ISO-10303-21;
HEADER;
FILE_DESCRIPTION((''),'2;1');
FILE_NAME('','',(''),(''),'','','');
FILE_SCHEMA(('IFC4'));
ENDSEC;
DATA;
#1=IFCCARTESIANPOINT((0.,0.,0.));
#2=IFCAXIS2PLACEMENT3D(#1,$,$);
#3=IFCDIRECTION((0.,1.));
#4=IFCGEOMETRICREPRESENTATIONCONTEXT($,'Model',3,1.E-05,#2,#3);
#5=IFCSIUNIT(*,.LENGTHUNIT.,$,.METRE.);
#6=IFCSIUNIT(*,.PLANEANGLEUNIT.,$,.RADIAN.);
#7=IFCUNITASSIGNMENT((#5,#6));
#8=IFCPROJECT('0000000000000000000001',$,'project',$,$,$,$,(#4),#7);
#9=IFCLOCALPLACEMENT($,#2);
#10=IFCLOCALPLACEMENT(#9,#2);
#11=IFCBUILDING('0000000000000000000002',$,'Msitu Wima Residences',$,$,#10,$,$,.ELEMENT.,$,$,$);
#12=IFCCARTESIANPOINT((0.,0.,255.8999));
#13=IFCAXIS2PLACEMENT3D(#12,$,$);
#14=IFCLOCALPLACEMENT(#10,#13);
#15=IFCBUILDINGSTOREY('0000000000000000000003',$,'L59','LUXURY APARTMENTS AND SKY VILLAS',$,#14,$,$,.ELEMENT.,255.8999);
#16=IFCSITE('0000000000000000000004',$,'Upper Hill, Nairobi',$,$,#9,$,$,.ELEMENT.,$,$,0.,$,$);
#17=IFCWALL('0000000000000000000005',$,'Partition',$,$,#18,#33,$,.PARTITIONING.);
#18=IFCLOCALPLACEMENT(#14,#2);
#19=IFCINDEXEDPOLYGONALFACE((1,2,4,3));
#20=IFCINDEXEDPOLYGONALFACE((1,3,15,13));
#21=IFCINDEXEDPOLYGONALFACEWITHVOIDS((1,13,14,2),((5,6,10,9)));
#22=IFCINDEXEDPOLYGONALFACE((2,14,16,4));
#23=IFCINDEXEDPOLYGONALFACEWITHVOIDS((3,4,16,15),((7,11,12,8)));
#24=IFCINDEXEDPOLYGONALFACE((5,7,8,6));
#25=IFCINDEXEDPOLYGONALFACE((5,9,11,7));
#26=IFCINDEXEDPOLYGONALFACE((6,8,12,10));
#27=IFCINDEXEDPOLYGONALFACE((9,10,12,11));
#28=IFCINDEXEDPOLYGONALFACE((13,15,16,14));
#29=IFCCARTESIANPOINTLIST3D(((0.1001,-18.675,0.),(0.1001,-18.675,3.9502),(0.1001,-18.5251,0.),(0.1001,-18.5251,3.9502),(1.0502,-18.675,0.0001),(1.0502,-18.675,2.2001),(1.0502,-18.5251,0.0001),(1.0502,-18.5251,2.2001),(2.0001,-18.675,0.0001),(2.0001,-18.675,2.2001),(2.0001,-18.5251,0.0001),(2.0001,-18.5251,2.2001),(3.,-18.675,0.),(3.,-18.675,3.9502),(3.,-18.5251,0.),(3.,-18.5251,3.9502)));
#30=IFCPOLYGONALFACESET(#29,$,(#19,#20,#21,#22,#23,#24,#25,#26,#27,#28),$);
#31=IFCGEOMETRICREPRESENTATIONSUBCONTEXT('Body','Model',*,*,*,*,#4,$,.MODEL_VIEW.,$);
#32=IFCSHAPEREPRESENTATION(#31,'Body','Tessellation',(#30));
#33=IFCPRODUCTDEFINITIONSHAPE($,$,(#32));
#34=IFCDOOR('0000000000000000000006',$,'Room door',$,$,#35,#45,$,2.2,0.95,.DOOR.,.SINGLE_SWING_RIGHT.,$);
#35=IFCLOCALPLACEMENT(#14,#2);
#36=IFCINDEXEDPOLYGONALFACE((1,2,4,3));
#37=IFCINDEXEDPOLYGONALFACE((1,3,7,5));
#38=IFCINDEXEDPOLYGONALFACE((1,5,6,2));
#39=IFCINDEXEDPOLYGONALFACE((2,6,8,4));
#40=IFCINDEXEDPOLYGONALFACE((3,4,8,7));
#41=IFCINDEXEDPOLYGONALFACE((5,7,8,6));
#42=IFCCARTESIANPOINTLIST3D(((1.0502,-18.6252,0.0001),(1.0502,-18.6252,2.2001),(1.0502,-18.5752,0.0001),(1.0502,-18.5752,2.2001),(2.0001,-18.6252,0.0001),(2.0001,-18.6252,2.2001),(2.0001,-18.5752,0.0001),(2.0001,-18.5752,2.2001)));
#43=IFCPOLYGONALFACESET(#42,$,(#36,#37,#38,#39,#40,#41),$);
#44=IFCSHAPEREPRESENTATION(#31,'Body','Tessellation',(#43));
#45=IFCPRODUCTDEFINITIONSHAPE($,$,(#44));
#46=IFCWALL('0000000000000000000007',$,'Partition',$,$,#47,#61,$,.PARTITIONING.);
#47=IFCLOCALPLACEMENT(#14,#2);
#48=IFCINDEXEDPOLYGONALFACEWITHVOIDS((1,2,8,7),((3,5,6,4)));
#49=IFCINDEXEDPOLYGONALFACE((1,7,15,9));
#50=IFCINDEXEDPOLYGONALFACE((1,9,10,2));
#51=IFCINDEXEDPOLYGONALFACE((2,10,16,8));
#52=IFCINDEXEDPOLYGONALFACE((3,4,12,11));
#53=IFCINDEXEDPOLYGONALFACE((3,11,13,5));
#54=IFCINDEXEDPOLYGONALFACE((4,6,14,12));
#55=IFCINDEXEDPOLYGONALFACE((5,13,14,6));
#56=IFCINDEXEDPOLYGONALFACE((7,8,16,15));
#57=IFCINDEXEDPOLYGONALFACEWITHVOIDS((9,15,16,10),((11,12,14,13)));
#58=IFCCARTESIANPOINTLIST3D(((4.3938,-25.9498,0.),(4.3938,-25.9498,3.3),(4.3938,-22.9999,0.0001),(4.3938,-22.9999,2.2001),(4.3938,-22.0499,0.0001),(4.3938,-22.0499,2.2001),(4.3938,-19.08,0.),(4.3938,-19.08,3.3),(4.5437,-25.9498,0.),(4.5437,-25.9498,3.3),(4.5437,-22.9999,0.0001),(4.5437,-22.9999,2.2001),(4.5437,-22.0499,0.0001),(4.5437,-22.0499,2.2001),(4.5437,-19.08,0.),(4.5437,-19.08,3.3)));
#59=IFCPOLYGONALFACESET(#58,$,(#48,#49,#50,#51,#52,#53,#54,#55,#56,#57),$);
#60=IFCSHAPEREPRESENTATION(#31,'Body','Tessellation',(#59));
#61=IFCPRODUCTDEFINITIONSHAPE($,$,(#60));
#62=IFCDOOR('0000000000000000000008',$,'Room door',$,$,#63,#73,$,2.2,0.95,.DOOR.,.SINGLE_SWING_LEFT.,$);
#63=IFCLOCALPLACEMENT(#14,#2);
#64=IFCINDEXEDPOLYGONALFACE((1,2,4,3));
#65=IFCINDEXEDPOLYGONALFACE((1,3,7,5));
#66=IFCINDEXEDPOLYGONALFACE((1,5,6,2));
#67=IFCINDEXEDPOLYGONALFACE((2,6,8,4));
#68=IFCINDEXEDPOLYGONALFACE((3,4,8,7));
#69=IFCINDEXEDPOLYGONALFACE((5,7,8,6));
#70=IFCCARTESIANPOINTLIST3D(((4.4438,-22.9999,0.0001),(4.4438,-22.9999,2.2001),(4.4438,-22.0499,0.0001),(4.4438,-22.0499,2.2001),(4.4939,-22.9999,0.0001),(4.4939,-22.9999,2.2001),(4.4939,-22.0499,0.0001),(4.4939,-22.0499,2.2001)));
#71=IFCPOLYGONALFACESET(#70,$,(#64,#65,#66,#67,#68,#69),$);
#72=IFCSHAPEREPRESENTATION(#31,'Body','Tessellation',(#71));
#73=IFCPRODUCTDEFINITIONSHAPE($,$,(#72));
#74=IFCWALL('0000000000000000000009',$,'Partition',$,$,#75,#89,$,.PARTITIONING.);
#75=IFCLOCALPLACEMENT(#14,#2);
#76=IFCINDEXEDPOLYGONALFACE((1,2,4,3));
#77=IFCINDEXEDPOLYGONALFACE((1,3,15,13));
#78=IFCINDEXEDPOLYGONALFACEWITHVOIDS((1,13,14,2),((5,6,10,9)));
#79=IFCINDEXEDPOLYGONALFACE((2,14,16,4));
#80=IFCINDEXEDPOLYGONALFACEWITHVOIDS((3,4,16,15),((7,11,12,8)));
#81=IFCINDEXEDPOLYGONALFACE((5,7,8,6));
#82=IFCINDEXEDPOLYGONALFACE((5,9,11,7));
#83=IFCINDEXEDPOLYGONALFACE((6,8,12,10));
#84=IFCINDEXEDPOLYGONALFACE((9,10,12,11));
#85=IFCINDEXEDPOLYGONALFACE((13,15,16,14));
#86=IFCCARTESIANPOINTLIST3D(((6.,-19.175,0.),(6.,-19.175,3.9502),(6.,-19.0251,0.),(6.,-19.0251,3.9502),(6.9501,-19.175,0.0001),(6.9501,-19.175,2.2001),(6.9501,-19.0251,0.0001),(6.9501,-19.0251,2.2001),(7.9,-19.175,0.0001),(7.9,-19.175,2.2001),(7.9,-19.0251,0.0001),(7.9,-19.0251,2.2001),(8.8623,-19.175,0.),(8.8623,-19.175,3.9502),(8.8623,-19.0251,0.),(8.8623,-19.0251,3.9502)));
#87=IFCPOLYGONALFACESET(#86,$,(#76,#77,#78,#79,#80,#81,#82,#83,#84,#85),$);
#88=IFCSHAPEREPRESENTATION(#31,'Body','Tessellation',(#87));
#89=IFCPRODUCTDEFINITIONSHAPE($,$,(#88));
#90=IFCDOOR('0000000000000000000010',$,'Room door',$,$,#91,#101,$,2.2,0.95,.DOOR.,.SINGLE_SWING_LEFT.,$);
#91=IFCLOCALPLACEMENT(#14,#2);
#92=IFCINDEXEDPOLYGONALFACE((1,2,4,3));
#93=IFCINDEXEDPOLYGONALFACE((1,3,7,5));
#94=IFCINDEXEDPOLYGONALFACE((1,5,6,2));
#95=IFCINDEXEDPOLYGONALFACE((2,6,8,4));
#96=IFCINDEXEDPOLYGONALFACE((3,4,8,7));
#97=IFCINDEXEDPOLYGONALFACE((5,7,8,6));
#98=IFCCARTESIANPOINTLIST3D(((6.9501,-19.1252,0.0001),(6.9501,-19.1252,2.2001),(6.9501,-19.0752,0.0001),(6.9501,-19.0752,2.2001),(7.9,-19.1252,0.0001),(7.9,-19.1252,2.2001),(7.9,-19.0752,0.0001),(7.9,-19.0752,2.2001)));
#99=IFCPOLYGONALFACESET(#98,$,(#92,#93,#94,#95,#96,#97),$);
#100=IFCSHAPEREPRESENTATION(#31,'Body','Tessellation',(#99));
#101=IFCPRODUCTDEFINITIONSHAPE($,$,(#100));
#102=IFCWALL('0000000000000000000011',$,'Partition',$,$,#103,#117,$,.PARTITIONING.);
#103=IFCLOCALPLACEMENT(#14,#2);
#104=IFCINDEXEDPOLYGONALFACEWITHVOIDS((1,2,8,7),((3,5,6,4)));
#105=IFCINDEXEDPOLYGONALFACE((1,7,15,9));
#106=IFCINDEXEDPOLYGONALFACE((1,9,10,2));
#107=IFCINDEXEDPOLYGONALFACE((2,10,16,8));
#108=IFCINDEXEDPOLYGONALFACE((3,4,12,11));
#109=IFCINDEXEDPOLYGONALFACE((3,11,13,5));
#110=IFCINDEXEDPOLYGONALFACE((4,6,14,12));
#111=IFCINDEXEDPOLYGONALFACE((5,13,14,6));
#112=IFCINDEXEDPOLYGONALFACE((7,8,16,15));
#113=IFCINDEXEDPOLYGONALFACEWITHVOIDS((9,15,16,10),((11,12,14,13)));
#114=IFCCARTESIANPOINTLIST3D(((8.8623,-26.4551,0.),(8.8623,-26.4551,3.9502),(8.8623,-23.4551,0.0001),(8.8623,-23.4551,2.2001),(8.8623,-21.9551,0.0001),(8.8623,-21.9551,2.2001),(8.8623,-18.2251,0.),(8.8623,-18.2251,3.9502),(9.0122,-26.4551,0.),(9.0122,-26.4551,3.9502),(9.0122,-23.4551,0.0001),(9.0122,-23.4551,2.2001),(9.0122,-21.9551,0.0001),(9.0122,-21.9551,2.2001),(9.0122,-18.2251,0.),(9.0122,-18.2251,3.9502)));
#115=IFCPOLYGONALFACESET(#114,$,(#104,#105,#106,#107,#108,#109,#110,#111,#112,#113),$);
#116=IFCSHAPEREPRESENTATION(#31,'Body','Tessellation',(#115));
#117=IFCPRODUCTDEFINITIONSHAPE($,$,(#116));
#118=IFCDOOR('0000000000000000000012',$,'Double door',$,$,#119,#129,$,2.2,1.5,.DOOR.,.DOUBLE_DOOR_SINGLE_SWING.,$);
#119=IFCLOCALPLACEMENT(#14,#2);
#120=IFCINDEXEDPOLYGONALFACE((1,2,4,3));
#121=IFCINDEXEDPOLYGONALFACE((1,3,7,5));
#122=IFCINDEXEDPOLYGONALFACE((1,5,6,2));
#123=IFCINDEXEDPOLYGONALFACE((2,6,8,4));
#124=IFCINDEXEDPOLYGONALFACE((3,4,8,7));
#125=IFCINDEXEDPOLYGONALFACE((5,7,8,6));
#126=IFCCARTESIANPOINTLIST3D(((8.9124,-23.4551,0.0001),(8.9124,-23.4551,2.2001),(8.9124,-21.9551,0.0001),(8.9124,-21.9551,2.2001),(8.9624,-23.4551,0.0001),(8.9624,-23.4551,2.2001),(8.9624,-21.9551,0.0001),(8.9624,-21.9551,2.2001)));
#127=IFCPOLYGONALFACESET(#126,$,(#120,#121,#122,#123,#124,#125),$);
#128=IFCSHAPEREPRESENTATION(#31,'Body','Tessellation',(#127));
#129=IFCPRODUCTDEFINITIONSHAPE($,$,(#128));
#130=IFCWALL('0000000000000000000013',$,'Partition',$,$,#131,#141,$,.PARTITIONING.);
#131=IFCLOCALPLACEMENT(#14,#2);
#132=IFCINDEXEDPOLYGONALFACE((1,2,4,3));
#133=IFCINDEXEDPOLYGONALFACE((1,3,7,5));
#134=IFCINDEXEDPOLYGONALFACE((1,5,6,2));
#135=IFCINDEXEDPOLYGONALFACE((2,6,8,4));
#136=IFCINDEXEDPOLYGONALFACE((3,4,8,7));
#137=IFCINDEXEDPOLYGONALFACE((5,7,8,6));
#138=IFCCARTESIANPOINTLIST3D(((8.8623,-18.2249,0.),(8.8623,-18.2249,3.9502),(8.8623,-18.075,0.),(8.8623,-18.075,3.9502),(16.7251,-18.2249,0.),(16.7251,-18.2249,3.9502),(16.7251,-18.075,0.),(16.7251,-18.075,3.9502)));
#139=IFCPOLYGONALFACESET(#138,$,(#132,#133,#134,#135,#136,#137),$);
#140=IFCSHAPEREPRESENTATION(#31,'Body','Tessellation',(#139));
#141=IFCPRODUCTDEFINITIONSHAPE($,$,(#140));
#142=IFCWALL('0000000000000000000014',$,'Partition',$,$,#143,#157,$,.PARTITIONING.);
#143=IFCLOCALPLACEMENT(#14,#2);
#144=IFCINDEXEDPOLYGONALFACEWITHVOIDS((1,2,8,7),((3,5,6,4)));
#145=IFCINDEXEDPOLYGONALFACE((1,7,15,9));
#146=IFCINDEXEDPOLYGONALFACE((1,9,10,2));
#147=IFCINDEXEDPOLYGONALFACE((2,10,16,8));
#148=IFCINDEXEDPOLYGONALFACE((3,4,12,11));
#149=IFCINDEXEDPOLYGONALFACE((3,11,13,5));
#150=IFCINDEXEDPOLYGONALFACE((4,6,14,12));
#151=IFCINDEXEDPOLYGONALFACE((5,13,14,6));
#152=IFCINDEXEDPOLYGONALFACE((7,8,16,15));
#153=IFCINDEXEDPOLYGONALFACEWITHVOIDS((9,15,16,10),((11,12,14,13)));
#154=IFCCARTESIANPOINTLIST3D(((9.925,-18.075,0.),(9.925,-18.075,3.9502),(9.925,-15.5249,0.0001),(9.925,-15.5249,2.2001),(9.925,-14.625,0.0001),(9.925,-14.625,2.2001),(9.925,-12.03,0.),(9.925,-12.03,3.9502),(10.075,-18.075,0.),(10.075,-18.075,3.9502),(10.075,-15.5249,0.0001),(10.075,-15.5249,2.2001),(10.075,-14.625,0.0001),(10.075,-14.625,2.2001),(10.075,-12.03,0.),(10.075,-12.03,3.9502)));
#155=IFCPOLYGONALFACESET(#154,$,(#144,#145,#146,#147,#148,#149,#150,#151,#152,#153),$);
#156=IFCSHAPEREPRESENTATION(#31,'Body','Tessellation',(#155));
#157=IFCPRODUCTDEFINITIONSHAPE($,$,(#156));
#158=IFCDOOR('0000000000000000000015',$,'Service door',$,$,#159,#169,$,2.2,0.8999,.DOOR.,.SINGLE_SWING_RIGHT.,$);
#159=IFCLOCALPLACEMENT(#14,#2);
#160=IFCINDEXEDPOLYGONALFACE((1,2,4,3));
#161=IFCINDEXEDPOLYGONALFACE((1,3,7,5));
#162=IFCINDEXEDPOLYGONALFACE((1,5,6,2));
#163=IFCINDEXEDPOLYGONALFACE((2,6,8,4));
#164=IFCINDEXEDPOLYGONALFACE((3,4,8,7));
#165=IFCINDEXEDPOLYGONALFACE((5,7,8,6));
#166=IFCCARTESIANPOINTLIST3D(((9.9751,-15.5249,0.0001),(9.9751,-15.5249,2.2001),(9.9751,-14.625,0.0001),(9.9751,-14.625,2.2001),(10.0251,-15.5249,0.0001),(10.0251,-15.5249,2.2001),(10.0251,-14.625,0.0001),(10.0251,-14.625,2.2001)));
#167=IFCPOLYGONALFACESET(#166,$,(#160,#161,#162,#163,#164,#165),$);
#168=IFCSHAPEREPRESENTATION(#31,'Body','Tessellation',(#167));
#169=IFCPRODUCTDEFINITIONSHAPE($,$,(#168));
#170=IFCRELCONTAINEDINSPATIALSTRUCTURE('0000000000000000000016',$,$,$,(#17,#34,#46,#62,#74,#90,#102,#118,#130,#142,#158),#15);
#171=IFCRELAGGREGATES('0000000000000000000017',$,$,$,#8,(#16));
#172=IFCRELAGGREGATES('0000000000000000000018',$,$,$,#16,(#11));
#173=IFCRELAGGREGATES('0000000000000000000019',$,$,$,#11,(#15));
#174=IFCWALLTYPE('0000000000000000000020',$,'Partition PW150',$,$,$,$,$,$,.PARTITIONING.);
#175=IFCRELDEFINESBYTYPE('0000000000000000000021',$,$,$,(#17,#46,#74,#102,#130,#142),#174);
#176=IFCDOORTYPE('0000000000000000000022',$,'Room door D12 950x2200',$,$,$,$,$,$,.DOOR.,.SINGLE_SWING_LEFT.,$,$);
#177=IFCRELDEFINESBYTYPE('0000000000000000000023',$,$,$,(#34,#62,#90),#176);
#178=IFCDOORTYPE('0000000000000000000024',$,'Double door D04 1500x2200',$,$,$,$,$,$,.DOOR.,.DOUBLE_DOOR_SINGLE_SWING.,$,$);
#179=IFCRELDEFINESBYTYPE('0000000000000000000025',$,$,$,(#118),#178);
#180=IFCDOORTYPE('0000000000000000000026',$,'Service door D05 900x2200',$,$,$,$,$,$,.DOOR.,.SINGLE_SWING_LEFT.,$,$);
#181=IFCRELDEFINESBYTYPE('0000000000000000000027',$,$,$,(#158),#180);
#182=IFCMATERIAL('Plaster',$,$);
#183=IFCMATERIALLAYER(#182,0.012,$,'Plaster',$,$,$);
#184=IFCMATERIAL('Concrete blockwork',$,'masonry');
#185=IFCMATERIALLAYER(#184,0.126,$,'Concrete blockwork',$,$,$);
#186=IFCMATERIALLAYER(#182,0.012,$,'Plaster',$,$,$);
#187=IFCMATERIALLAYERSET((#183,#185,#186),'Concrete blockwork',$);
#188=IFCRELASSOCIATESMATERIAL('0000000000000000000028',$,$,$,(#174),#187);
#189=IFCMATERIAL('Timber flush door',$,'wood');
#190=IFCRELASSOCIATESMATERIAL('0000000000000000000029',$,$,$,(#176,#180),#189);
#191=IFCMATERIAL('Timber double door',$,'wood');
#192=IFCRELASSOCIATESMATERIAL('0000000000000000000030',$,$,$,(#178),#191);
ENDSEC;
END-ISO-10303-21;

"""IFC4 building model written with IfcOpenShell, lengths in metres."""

from ifc_helpers import new_model, si_unit, direction, frame, frame_2d, origin, place, context, subcontext, project, spatial, rectangle, extrude, material, layer, layer_set, type_object, element, fill, save


model = new_model("IFC4")

# Units and contexts
model_context = context("Model", 3, precision=1e-05, world=origin(), true_north=direction((0.0, 1.0)))
body_context = subcontext(model_context, "Body", "Model", "MODEL_VIEW")
ifc_project = project(units=[si_unit("LENGTHUNIT", "METRE"), si_unit("PLANEANGLEUNIT", "RADIAN")], contexts=[model_context])

# Site, building, storey
site_placement = place(None, origin())
site = spatial("IfcSite", under=ifc_project, at=site_placement, Name="Upper Hill, Nairobi", CompositionType="ELEMENT", RefElevation=0.0)
building_placement = place(site_placement, origin())
building = spatial("IfcBuilding", under=site, at=building_placement, Name="Msitu Wima Residences", CompositionType="ELEMENT")
storey_placement = place(building_placement, frame((0.0, 0.0, 255.8999)))
storey = spatial("IfcBuildingStorey", under=building, at=storey_placement, Name="L59", Description="LUXURY APARTMENTS AND SKY VILLAS", CompositionType="ELEMENT", Elevation=255.8999)

# Walls, openings, doors
ifc_material_1 = material(Name="Plaster")
ifc_layer_1 = layer(ifc_material_1, 0.012, Name="Plaster")
ifc_material_2 = material(Name="Concrete blockwork", Category="masonry")
ifc_layer_2 = layer(ifc_material_2, 0.126, Name="Concrete blockwork")
ifc_layer_3 = layer(ifc_material_1, 0.012, Name="Plaster")
ifc_layer_set_1 = layer_set([ifc_layer_1, ifc_layer_2, ifc_layer_3], Name="Concrete blockwork")
wall_type_1 = type_object("IfcWallType", Name="Partition PW150", PredefinedType="PARTITIONING", material=ifc_layer_set_1)
wall_1_placement = place(storey_placement, frame((0.1001, -18.6001, 0.0), z_axis=(0.0, 0.0, 1.0), x_axis=(1.0, 0.0, 0.0)))
wall_1 = element("IfcWall", 1, at=wall_1_placement, inside=storey, type_object=wall_type_1, Name="Partition", PredefinedType="PARTITIONING", context=body_context, shape_type="SweptSolid", body=[
    extrude(rectangle(XDim=2.8999, YDim=0.1499, at=frame_2d((1.45, 0.0))), origin(), (0.0, 0.0, 1.0), 3.9502),
])
opening_1_placement = place(wall_1_placement, frame((0.95, 0.0, 0.0)))
opening_1 = element("IfcOpeningElement", 2, at=opening_1_placement, cuts=wall_1, PredefinedType="OPENING", context=body_context, shape_type="SweptSolid", body=[
    extrude(rectangle(XDim=0.95, YDim=2.2, at=frame_2d((0.4751, 1.1001))), frame((0.0, 0.085, 0.0), z_axis=(0.0, -1.0, 0.0), x_axis=(1.0, 0.0, 0.0)), (0.0, 0.0, 1.0), 0.1699),
])
ifc_material_3 = material(Name="Timber flush door", Category="wood")
door_type_1 = type_object("IfcDoorType", Name="Room door D12 950x2200", OperationType="SINGLE_SWING_LEFT", PredefinedType="DOOR", material=ifc_material_3)
door_1_placement = place(opening_1_placement, origin())
door_1 = element("IfcDoor", 3, at=door_1_placement, inside=storey, type_object=door_type_1, Name="Room door", OperationType="SINGLE_SWING_RIGHT", OverallHeight=2.2, OverallWidth=0.95, PredefinedType="DOOR", context=body_context, shape_type="SweptSolid", body=[
    extrude(rectangle(XDim=0.95, YDim=2.2, at=frame_2d((0.4751, 1.1001))), frame((0.0, 0.0249, 0.0), z_axis=(0.0, -1.0, 0.0), x_axis=(1.0, 0.0, 0.0)), (0.0, 0.0, 1.0), 0.05),
])
fill(opening_1, door_1)
wall_2_placement = place(storey_placement, frame((4.4688, -25.95, 0.0), z_axis=(0.0, 0.0, 1.0), x_axis=(0.0, 1.0, 0.0)))
wall_2 = element("IfcWall", 4, at=wall_2_placement, inside=storey, type_object=wall_type_1, Name="Partition", PredefinedType="PARTITIONING", context=body_context, shape_type="SweptSolid", body=[
    extrude(rectangle(XDim=6.8699, YDim=0.1499, at=frame_2d((3.4351, 0.0))), origin(), (0.0, 0.0, 1.0), 3.3),
])
opening_2_placement = place(wall_2_placement, frame((2.95, 0.0, 0.0)))
opening_2 = element("IfcOpeningElement", 5, at=opening_2_placement, cuts=wall_2, PredefinedType="OPENING", context=body_context, shape_type="SweptSolid", body=[
    extrude(rectangle(XDim=0.95, YDim=2.2, at=frame_2d((0.4751, 1.1001))), frame((0.0, 0.085, 0.0), z_axis=(0.0, -1.0, 0.0), x_axis=(1.0, 0.0, 0.0)), (0.0, 0.0, 1.0), 0.1699),
])
door_2_placement = place(opening_2_placement, origin())
door_2 = element("IfcDoor", 6, at=door_2_placement, inside=storey, type_object=door_type_1, Name="Room door", OperationType="SINGLE_SWING_LEFT", OverallHeight=2.2, OverallWidth=0.95, PredefinedType="DOOR", context=body_context, shape_type="SweptSolid", body=[
    extrude(rectangle(XDim=0.95, YDim=2.2, at=frame_2d((0.4751, 1.1001))), frame((0.0, 0.0249, 0.0), z_axis=(0.0, -1.0, 0.0), x_axis=(1.0, 0.0, 0.0)), (0.0, 0.0, 1.0), 0.05),
])
fill(opening_2, door_2)
wall_3_placement = place(storey_placement, frame((6.0, -19.1001, 0.0), z_axis=(0.0, 0.0, 1.0), x_axis=(1.0, 0.0, 0.0)))
wall_3 = element("IfcWall", 7, at=wall_3_placement, inside=storey, type_object=wall_type_1, Name="Partition", PredefinedType="PARTITIONING", context=body_context, shape_type="SweptSolid", body=[
    extrude(rectangle(XDim=2.8623, YDim=0.1499, at=frame_2d((1.4312, 0.0))), origin(), (0.0, 0.0, 1.0), 3.9502),
])
opening_3_placement = place(wall_3_placement, frame((0.95, 0.0, 0.0)))
opening_3 = element("IfcOpeningElement", 8, at=opening_3_placement, cuts=wall_3, PredefinedType="OPENING", context=body_context, shape_type="SweptSolid", body=[
    extrude(rectangle(XDim=0.95, YDim=2.2, at=frame_2d((0.4751, 1.1001))), frame((0.0, 0.085, 0.0), z_axis=(0.0, -1.0, 0.0), x_axis=(1.0, 0.0, 0.0)), (0.0, 0.0, 1.0), 0.1699),
])
door_3_placement = place(opening_3_placement, origin())
door_3 = element("IfcDoor", 9, at=door_3_placement, inside=storey, type_object=door_type_1, Name="Room door", OperationType="SINGLE_SWING_LEFT", OverallHeight=2.2, OverallWidth=0.95, PredefinedType="DOOR", context=body_context, shape_type="SweptSolid", body=[
    extrude(rectangle(XDim=0.95, YDim=2.2, at=frame_2d((0.4751, 1.1001))), frame((0.0, 0.0249, 0.0), z_axis=(0.0, -1.0, 0.0), x_axis=(1.0, 0.0, 0.0)), (0.0, 0.0, 1.0), 0.05),
])
fill(opening_3, door_3)
wall_4_placement = place(storey_placement, frame((8.9373, -26.4551, 0.0), z_axis=(0.0, 0.0, 1.0), x_axis=(0.0, 1.0, 0.0)))
wall_4 = element("IfcWall", 10, at=wall_4_placement, inside=storey, type_object=wall_type_1, Name="Partition", PredefinedType="PARTITIONING", context=body_context, shape_type="SweptSolid", body=[
    extrude(rectangle(XDim=8.23, YDim=0.1499, at=frame_2d((4.115, 0.0))), origin(), (0.0, 0.0, 1.0), 3.9502),
])
opening_4_placement = place(wall_4_placement, frame((3.0, 0.0, 0.0)))
opening_4 = element("IfcOpeningElement", 11, at=opening_4_placement, cuts=wall_4, PredefinedType="OPENING", context=body_context, shape_type="SweptSolid", body=[
    extrude(rectangle(XDim=1.5, YDim=2.2, at=frame_2d((0.75, 1.1001))), frame((0.0, 0.085, 0.0), z_axis=(0.0, -1.0, 0.0), x_axis=(1.0, 0.0, 0.0)), (0.0, 0.0, 1.0), 0.1699),
])
ifc_material_4 = material(Name="Timber double door", Category="wood")
door_type_2 = type_object("IfcDoorType", Name="Double door D04 1500x2200", OperationType="DOUBLE_DOOR_SINGLE_SWING", PredefinedType="DOOR", material=ifc_material_4)
door_4_placement = place(opening_4_placement, origin())
door_4 = element("IfcDoor", 12, at=door_4_placement, inside=storey, type_object=door_type_2, Name="Double door", OperationType="DOUBLE_DOOR_SINGLE_SWING", OverallHeight=2.2, OverallWidth=1.5, PredefinedType="DOOR", context=body_context, shape_type="SweptSolid", body=[
    extrude(rectangle(XDim=1.5, YDim=2.2, at=frame_2d((0.75, 1.1001))), frame((0.0, 0.0249, 0.0), z_axis=(0.0, -1.0, 0.0), x_axis=(1.0, 0.0, 0.0)), (0.0, 0.0, 1.0), 0.05),
])
fill(opening_4, door_4)

# Wall
wall_5_placement = place(storey_placement, frame((8.8623, -18.1499, 0.0), z_axis=(0.0, 0.0, 1.0), x_axis=(1.0, 0.0, 0.0)))
element("IfcWall", 13, at=wall_5_placement, inside=storey, type_object=wall_type_1, Name="Partition", PredefinedType="PARTITIONING", context=body_context, shape_type="SweptSolid", body=[
    extrude(rectangle(XDim=7.8628, YDim=0.1499, at=frame_2d((3.9314, 0.0))), origin(), (0.0, 0.0, 1.0), 3.9502),
])

# Wall, opening, door
wall_6_placement = place(storey_placement, frame((10.0, -18.075, 0.0), z_axis=(0.0, 0.0, 1.0), x_axis=(0.0, 1.0, 0.0)))
wall_6 = element("IfcWall", 14, at=wall_6_placement, inside=storey, type_object=wall_type_1, Name="Partition", PredefinedType="PARTITIONING", context=body_context, shape_type="SweptSolid", body=[
    extrude(rectangle(XDim=6.0449, YDim=0.1499, at=frame_2d((3.0225, 0.0))), origin(), (0.0, 0.0, 1.0), 3.9502),
])
opening_5_placement = place(wall_6_placement, frame((2.55, 0.0, 0.0)))
opening_5 = element("IfcOpeningElement", 15, at=opening_5_placement, cuts=wall_6, PredefinedType="OPENING", context=body_context, shape_type="SweptSolid", body=[
    extrude(rectangle(XDim=0.8999, YDim=2.2, at=frame_2d((0.45, 1.1001))), frame((0.0, 0.085, 0.0), z_axis=(0.0, -1.0, 0.0), x_axis=(1.0, 0.0, 0.0)), (0.0, 0.0, 1.0), 0.1699),
])
door_type_3 = type_object("IfcDoorType", Name="Service door D05 900x2200", OperationType="SINGLE_SWING_LEFT", PredefinedType="DOOR", material=ifc_material_3)
door_5_placement = place(opening_5_placement, origin())
door_5 = element("IfcDoor", 16, at=door_5_placement, inside=storey, type_object=door_type_3, Name="Service door", OperationType="SINGLE_SWING_RIGHT", OverallHeight=2.2, OverallWidth=0.8999, PredefinedType="DOOR", context=body_context, shape_type="SweptSolid", body=[
    extrude(rectangle(XDim=0.8999, YDim=2.2, at=frame_2d((0.45, 1.1001))), frame((0.0, 0.0249, 0.0), z_axis=(0.0, -1.0, 0.0), x_axis=(1.0, 0.0, 0.0)), (0.0, 0.0, 1.0), 0.05),
])
fill(opening_5, door_5)

save(model, "model.ifc")
